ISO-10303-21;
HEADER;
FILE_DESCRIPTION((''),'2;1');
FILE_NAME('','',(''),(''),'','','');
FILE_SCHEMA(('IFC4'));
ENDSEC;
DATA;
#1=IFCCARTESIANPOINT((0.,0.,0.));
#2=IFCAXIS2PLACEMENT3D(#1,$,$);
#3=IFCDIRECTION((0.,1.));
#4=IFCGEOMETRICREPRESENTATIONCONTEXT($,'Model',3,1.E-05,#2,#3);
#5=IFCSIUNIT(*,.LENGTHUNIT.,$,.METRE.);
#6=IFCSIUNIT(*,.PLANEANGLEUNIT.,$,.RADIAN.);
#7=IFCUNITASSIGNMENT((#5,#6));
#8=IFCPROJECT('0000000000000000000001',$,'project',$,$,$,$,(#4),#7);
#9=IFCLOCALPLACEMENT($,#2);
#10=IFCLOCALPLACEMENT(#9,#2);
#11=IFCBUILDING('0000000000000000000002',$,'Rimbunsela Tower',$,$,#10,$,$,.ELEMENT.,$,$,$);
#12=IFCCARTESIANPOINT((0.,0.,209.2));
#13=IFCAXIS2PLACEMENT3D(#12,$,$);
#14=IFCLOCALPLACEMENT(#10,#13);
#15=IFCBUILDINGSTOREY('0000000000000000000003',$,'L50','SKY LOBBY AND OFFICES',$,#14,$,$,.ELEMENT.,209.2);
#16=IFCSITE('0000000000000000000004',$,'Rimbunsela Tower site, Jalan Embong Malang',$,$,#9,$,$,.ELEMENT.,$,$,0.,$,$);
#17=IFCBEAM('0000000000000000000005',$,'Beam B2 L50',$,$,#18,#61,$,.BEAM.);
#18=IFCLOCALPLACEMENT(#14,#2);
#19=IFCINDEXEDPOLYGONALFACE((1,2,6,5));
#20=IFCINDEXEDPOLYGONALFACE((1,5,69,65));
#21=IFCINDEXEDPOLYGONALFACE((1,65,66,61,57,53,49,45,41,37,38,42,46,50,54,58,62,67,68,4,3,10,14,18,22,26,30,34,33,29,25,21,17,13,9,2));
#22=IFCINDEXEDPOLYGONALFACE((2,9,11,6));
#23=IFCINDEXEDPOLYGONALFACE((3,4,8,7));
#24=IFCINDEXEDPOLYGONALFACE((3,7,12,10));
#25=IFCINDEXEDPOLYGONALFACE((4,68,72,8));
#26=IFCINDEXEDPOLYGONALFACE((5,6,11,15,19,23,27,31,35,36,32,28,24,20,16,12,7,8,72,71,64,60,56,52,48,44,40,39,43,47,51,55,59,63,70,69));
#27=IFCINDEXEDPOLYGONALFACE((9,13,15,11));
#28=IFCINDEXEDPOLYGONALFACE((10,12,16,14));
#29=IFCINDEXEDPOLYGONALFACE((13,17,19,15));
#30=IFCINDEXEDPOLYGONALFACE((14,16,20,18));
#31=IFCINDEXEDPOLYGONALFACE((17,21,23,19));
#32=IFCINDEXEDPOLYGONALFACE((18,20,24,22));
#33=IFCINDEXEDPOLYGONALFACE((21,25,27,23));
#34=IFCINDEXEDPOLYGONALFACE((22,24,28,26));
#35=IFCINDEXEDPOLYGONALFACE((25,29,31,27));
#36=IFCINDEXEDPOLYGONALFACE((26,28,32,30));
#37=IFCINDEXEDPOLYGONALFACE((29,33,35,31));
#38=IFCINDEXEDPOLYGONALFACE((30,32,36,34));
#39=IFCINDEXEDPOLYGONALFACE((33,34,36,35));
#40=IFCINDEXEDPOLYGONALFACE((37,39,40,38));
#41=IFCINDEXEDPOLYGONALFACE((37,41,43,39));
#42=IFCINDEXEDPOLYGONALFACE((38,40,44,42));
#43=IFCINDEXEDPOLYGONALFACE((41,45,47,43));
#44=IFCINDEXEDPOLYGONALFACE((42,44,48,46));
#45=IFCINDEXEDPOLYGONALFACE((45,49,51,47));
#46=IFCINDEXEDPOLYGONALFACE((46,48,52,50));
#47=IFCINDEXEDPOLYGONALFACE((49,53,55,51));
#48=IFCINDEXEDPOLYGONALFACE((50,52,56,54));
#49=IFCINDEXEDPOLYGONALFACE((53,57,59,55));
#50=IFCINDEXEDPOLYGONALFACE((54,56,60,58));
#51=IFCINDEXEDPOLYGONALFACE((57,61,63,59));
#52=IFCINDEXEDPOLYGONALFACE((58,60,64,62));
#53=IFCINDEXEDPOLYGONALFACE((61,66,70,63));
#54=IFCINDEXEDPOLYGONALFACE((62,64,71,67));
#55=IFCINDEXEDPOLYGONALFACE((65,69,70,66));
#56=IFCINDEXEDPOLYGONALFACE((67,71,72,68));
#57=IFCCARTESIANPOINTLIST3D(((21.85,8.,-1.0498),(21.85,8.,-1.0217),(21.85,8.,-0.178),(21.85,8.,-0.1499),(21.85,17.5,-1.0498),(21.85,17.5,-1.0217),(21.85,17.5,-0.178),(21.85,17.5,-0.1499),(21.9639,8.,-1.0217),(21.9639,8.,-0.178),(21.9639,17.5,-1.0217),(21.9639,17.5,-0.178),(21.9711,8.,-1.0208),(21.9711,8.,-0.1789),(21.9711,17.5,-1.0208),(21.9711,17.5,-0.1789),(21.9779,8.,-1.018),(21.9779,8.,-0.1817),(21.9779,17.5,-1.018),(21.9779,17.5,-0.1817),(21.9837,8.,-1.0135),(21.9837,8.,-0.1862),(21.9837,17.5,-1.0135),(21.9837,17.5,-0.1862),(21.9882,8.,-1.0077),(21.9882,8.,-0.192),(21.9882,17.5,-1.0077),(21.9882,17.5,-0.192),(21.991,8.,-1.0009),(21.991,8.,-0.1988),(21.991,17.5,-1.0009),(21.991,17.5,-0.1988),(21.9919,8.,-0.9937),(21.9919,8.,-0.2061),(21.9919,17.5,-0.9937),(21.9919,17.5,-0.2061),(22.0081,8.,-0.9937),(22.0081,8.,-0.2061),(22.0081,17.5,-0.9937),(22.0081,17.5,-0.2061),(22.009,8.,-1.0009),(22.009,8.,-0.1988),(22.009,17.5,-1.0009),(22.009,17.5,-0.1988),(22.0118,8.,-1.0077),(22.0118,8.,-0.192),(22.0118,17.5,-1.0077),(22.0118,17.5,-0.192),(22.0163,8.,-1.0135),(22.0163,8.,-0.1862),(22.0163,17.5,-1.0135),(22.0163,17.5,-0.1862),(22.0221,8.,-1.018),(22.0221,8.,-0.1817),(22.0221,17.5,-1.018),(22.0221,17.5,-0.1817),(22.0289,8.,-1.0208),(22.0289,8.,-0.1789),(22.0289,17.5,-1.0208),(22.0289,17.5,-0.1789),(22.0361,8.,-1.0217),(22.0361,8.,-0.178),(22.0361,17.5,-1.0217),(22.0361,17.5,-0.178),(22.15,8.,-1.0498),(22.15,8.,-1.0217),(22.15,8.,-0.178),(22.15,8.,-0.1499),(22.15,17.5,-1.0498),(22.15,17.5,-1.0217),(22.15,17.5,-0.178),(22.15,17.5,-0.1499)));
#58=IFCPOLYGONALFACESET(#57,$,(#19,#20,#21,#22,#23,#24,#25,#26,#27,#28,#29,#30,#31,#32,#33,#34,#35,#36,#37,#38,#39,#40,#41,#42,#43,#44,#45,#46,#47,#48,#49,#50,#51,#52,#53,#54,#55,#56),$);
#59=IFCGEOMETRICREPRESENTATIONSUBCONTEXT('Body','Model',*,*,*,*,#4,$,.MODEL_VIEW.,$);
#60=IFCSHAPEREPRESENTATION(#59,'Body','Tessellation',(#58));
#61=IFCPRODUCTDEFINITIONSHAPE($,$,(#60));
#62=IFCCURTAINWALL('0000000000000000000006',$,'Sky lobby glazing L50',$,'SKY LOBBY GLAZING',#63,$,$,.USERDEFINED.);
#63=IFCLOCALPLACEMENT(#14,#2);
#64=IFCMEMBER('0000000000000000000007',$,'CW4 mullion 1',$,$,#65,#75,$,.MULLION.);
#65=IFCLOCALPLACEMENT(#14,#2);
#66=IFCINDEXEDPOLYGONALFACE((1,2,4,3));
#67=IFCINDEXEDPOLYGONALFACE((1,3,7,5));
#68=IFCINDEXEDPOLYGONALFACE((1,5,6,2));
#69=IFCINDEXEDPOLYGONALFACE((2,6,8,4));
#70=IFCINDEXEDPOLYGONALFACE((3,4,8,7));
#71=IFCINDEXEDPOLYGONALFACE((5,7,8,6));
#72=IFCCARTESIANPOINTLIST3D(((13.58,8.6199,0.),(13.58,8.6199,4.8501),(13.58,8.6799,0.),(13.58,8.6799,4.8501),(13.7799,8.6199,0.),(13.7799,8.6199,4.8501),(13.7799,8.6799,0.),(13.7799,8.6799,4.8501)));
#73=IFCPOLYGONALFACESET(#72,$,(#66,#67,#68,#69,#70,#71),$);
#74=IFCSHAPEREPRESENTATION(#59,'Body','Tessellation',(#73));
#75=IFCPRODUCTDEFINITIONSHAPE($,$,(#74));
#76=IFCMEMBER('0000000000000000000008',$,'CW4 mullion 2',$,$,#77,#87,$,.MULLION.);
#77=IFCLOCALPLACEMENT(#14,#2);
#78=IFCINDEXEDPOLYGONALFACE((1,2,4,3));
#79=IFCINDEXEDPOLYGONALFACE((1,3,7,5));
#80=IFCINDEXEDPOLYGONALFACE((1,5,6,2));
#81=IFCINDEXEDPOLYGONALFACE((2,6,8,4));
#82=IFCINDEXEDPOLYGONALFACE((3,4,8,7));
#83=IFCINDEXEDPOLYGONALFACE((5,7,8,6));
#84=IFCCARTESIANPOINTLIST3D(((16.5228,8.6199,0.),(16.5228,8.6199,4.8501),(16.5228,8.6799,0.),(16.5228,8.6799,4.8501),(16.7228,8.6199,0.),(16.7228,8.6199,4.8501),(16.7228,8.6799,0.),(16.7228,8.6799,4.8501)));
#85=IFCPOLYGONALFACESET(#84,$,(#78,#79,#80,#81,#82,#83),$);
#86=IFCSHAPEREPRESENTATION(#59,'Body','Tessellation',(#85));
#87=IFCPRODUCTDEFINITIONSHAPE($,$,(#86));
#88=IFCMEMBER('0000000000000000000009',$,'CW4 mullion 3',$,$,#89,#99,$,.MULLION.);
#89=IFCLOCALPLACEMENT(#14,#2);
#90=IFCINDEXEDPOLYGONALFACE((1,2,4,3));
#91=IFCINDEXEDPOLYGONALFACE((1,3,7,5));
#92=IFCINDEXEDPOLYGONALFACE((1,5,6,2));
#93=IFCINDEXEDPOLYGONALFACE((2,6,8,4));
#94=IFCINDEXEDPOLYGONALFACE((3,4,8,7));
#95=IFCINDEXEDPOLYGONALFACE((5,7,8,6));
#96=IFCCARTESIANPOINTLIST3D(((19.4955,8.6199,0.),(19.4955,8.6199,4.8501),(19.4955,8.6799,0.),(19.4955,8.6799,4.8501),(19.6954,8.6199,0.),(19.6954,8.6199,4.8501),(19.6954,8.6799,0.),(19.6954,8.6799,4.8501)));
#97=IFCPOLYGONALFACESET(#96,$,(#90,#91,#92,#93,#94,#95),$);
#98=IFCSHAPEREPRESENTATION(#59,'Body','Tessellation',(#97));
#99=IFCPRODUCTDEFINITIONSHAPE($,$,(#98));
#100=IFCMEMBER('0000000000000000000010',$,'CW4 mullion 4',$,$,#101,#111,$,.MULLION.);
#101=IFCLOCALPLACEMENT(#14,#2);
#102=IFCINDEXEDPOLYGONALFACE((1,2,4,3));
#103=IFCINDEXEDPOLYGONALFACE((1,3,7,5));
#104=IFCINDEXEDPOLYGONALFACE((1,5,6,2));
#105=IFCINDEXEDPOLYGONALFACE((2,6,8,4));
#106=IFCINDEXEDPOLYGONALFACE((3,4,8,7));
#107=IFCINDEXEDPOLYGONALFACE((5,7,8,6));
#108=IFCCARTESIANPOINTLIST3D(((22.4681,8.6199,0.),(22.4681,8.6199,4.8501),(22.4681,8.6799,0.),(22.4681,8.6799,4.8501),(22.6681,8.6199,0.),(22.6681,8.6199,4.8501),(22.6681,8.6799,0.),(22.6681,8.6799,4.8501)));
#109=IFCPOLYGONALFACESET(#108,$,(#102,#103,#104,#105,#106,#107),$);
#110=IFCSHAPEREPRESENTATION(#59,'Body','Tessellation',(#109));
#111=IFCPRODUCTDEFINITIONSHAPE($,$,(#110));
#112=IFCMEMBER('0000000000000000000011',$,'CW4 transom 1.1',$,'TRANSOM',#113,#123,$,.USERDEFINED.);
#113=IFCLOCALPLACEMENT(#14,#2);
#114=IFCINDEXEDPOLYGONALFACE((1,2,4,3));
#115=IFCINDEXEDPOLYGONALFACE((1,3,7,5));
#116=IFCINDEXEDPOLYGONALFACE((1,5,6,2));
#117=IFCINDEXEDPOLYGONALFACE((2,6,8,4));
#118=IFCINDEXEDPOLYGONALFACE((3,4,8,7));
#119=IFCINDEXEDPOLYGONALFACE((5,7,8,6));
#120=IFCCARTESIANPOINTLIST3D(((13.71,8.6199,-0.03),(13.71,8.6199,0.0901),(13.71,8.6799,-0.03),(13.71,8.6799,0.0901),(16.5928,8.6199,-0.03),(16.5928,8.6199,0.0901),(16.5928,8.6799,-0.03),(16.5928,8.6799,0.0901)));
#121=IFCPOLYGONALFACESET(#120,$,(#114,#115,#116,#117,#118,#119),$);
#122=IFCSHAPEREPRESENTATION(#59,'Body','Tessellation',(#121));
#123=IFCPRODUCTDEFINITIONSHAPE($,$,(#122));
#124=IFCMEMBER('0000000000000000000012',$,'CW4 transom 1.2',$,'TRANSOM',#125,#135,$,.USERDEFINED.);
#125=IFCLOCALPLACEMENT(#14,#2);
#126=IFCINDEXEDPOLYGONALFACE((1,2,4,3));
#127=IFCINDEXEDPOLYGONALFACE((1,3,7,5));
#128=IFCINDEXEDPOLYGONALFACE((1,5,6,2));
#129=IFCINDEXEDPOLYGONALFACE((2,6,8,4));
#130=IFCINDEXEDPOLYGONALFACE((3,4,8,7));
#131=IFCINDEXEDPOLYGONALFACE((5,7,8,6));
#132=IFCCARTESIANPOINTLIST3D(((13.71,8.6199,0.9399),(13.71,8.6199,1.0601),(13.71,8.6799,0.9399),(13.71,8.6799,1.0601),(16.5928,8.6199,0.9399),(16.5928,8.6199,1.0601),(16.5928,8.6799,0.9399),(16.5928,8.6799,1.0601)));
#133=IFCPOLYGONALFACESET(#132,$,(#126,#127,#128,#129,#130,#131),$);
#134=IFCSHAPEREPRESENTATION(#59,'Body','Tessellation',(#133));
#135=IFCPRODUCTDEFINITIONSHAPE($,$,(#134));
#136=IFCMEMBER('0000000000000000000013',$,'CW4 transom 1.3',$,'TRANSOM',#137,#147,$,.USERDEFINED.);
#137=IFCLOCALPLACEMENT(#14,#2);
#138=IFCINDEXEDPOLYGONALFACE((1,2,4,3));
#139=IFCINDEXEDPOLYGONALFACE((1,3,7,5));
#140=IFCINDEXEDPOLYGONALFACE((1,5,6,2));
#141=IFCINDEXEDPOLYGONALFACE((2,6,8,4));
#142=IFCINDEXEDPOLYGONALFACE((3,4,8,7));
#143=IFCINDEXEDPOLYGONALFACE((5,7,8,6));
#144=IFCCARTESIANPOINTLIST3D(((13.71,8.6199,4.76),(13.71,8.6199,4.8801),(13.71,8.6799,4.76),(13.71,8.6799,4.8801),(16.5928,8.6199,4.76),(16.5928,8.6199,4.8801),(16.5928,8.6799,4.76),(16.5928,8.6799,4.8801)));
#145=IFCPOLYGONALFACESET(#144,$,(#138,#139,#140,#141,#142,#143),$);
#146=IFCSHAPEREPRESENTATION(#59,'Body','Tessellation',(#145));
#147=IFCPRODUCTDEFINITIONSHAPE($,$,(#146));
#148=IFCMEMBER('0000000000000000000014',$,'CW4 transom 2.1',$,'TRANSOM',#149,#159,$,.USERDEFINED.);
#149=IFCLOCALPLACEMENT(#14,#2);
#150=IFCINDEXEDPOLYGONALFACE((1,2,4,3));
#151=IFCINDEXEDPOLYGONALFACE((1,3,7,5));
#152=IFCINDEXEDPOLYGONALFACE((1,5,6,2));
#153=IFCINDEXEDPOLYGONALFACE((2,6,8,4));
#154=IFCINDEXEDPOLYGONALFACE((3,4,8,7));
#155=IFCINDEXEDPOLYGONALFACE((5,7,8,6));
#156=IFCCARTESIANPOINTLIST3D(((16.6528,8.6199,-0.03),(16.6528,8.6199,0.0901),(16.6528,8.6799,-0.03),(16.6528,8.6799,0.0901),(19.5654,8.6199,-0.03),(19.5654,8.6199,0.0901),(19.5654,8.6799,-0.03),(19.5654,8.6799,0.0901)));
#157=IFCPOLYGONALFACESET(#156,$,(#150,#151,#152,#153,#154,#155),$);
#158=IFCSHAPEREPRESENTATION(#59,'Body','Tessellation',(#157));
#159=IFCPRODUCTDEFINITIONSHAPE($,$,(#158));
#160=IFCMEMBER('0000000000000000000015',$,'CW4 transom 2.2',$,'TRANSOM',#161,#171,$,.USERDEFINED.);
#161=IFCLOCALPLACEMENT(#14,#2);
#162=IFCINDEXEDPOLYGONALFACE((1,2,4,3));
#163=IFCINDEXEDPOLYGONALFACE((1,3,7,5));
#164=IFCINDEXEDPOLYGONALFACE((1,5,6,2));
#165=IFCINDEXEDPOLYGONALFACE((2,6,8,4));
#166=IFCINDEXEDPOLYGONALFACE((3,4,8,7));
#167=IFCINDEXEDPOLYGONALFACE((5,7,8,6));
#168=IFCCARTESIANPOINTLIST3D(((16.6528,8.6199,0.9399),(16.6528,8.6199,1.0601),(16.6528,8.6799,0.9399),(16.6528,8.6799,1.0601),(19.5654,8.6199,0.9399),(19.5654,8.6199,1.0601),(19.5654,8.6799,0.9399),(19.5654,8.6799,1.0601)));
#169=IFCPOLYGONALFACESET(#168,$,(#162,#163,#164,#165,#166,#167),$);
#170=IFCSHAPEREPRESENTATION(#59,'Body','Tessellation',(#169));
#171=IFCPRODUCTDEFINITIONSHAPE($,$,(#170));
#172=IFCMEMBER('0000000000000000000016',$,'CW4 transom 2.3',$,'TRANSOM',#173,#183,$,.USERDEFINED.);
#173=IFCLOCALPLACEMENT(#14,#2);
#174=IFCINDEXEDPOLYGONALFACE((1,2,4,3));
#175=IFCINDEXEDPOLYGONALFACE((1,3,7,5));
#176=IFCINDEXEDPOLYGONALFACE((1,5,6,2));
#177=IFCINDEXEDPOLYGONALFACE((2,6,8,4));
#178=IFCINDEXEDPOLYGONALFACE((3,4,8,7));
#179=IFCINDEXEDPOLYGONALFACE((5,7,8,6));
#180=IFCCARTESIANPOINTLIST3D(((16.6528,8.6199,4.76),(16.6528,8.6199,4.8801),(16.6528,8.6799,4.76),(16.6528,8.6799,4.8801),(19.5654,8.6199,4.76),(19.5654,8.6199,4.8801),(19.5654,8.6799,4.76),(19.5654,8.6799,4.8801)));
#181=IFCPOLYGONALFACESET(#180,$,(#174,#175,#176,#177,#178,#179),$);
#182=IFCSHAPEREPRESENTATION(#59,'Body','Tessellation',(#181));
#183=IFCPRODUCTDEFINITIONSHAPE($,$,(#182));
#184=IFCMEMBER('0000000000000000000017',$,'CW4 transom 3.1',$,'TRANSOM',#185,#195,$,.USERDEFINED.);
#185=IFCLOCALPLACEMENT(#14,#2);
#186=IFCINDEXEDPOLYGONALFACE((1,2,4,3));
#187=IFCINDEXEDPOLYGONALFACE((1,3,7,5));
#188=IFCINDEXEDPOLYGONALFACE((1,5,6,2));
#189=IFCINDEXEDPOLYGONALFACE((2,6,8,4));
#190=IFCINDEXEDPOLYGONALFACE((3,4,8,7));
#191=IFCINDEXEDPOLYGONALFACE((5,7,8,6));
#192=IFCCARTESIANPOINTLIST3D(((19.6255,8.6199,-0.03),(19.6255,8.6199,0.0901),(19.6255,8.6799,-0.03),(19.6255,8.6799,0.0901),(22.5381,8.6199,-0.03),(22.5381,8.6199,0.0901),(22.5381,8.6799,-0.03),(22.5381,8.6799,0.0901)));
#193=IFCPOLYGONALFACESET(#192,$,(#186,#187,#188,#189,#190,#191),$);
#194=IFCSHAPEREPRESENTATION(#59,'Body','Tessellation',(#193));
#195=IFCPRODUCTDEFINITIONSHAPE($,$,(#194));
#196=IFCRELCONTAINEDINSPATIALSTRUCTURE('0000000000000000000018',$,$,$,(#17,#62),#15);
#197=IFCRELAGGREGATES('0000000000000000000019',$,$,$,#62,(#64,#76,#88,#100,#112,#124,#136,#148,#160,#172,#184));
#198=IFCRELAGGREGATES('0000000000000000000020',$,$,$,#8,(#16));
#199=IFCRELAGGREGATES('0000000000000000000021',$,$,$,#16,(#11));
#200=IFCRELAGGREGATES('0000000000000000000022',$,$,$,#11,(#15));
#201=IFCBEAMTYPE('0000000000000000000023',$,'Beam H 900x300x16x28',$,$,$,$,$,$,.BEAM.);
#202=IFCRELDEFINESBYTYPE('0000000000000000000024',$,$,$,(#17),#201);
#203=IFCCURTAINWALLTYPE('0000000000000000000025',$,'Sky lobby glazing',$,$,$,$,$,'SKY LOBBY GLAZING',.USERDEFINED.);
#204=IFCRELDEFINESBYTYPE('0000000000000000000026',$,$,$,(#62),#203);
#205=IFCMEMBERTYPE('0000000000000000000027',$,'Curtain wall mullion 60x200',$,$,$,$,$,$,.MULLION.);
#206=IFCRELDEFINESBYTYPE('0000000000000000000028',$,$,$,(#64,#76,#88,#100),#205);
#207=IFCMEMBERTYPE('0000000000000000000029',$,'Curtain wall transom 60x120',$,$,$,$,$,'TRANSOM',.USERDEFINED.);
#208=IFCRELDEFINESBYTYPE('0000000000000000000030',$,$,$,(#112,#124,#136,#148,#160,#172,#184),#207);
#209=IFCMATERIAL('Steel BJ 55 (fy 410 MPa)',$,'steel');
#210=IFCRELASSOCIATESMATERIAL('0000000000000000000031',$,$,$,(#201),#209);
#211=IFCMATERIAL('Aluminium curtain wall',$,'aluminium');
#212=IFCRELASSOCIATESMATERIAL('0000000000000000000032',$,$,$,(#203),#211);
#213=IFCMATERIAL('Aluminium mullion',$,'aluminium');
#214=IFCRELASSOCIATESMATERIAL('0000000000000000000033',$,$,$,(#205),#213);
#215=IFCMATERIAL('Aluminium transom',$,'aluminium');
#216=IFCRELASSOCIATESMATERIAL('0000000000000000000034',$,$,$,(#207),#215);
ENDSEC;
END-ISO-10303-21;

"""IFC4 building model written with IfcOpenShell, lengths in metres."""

from ifc_helpers import new_model, si_unit, direction, frame, origin, origin_2d, place, context, subcontext, project, spatial, rectangle, i_section, extrude, material, material_profile, profile_set, type_object, element, aggregate, save


model = new_model("IFC4")

# Units and contexts
model_context = context("Model", 3, precision=1e-05, world=origin(), true_north=direction((0.0, 1.0)))
body_context = subcontext(model_context, "Body", "Model", "MODEL_VIEW")
ifc_project = project(units=[si_unit("LENGTHUNIT", "METRE"), si_unit("PLANEANGLEUNIT", "RADIAN")], contexts=[model_context])

# Site, building, storey
site_placement = place(None, origin())
site = spatial("IfcSite", under=ifc_project, at=site_placement, Name="Rimbunsela Tower site, Jalan Embong Malang", CompositionType="ELEMENT", RefElevation=0.0)
building_placement = place(site_placement, origin())
building = spatial("IfcBuilding", under=site, at=building_placement, Name="Rimbunsela Tower", CompositionType="ELEMENT")
storey_placement = place(building_placement, frame((0.0, 0.0, 209.2)))
storey = spatial("IfcBuildingStorey", under=building, at=storey_placement, Name="L50", Description="SKY LOBBY AND OFFICES", CompositionType="ELEMENT", Elevation=209.2)

# Beam
ifc_material_1 = material(Name="Steel BJ 55 (fy 410 MPa)", Category="steel")
ifc_material_profile_1 = material_profile(ifc_material_1, i_section(OverallWidth=0.3, OverallDepth=0.8999, WebThickness=0.0161, FlangeThickness=0.0281, FilletRadius=0.0281, at=origin_2d()), Name="H 900x300x16x28")
ifc_profile_set_1 = profile_set([ifc_material_profile_1], Name="Steel BJ 55 (fy 410 MPa)")
beam_type = type_object("IfcBeamType", Name="Beam H 900x300x16x28", PredefinedType="BEAM", material=ifc_profile_set_1)
for number, where, z_axis, x_axis, name in (
    (1, (22.0, 8.0, -0.5999), (0.0, 1.0, 0.0), (-1.0, 0.0, 0.0), "Beam B2 L50"),
):
    element("IfcBeam", number, at=place(storey_placement, frame(where, z_axis=z_axis, x_axis=x_axis)), inside=storey, type_object=beam_type, Name=name, PredefinedType="BEAM", context=body_context, shape_type="SweptSolid", body=[
        extrude(i_section(OverallWidth=0.3, OverallDepth=0.8999, WebThickness=0.0161, FlangeThickness=0.0281, FilletRadius=0.0281, at=origin_2d()), origin(), (0.0, 0.0, 1.0), 9.5),
    ])

# Curtain wall, members
ifc_material_2 = material(Name="Aluminium curtain wall", Category="aluminium")
curtain_wall_type = type_object("IfcCurtainWallType", Name="Sky lobby glazing", ElementType="SKY LOBBY GLAZING", PredefinedType="USERDEFINED", material=ifc_material_2)
curtain_wall_placement = place(storey_placement, origin())
curtain_wall = element("IfcCurtainWall", 2, at=curtain_wall_placement, inside=storey, type_object=curtain_wall_type, Name="Sky lobby glazing L50", ObjectType="SKY LOBBY GLAZING", PredefinedType="USERDEFINED")
ifc_material_3 = material(Name="Aluminium mullion", Category="aluminium")
ifc_material_profile_2 = material_profile(ifc_material_3, rectangle(XDim=0.0601, YDim=0.2, at=origin_2d()), Name="Mullion 60x200")
ifc_profile_set_2 = profile_set([ifc_material_profile_2], Name="Aluminium mullion")
member_type_1 = type_object("IfcMemberType", Name="Curtain wall mullion 60x200", PredefinedType="MULLION", material=ifc_profile_set_2)
member_1_placement = place(storey_placement, frame((13.6799, 8.6499, 0.0), z_axis=(0.0, 0.0, 1.0), x_axis=(0.0, 1.0, 0.0)))
member_1 = element("IfcMember", 3, at=member_1_placement, type_object=member_type_1, Name="CW4 mullion 1", PredefinedType="MULLION", context=body_context, shape_type="SweptSolid", body=[
    extrude(rectangle(XDim=0.0601, YDim=0.2, at=origin_2d()), origin(), (0.0, 0.0, 1.0), 4.8501),
])
member_2_placement = place(storey_placement, frame((16.6228, 8.6499, 0.0), z_axis=(0.0, 0.0, 1.0), x_axis=(0.0, 1.0, 0.0)))
member_2 = element("IfcMember", 4, at=member_2_placement, type_object=member_type_1, Name="CW4 mullion 2", PredefinedType="MULLION", context=body_context, shape_type="SweptSolid", body=[
    extrude(rectangle(XDim=0.0601, YDim=0.2, at=origin_2d()), origin(), (0.0, 0.0, 1.0), 4.8501),
])
member_3_placement = place(storey_placement, frame((19.5955, 8.6499, 0.0), z_axis=(0.0, 0.0, 1.0), x_axis=(0.0, 1.0, 0.0)))
member_3 = element("IfcMember", 5, at=member_3_placement, type_object=member_type_1, Name="CW4 mullion 3", PredefinedType="MULLION", context=body_context, shape_type="SweptSolid", body=[
    extrude(rectangle(XDim=0.0601, YDim=0.2, at=origin_2d()), origin(), (0.0, 0.0, 1.0), 4.8501),
])
member_4_placement = place(storey_placement, frame((22.5681, 8.6499, 0.0), z_axis=(0.0, 0.0, 1.0), x_axis=(0.0, 1.0, 0.0)))
member_4 = element("IfcMember", 6, at=member_4_placement, type_object=member_type_1, Name="CW4 mullion 4", PredefinedType="MULLION", context=body_context, shape_type="SweptSolid", body=[
    extrude(rectangle(XDim=0.0601, YDim=0.2, at=origin_2d()), origin(), (0.0, 0.0, 1.0), 4.8501),
])
ifc_material_4 = material(Name="Aluminium transom", Category="aluminium")
ifc_material_profile_3 = material_profile(ifc_material_4, rectangle(XDim=0.0601, YDim=0.1201, at=origin_2d()), Name="Transom 60x120")
ifc_profile_set_3 = profile_set([ifc_material_profile_3], Name="Aluminium transom")
member_type_2 = type_object("IfcMemberType", Name="Curtain wall transom 60x120", ElementType="TRANSOM", PredefinedType="USERDEFINED", material=ifc_profile_set_3)
member_5_placement = place(storey_placement, frame((13.71, 8.6499, 0.03), z_axis=(1.0, 0.0, 0.0), x_axis=(0.0, 1.0, 0.0)))
member_5 = element("IfcMember", 7, at=member_5_placement, type_object=member_type_2, Name="CW4 transom 1.1", ObjectType="TRANSOM", PredefinedType="USERDEFINED", context=body_context, shape_type="SweptSolid", body=[
    extrude(rectangle(XDim=0.0601, YDim=0.1201, at=origin_2d()), origin(), (0.0, 0.0, 1.0), 2.8828),
])
member_6_placement = place(storey_placement, frame((13.71, 8.6499, 1.0), z_axis=(1.0, 0.0, 0.0), x_axis=(0.0, 1.0, 0.0)))
member_6 = element("IfcMember", 8, at=member_6_placement, type_object=member_type_2, Name="CW4 transom 1.2", ObjectType="TRANSOM", PredefinedType="USERDEFINED", context=body_context, shape_type="SweptSolid", body=[
    extrude(rectangle(XDim=0.0601, YDim=0.1201, at=origin_2d()), origin(), (0.0, 0.0, 1.0), 2.8828),
])
member_7_placement = place(storey_placement, frame((13.71, 8.6499, 4.8201), z_axis=(1.0, 0.0, 0.0), x_axis=(0.0, 1.0, 0.0)))
member_7 = element("IfcMember", 9, at=member_7_placement, type_object=member_type_2, Name="CW4 transom 1.3", ObjectType="TRANSOM", PredefinedType="USERDEFINED", context=body_context, shape_type="SweptSolid", body=[
    extrude(rectangle(XDim=0.0601, YDim=0.1201, at=origin_2d()), origin(), (0.0, 0.0, 1.0), 2.8828),
])
member_8_placement = place(storey_placement, frame((16.6528, 8.6499, 0.03), z_axis=(1.0, 0.0, 0.0), x_axis=(0.0, 1.0, 0.0)))
member_8 = element("IfcMember", 10, at=member_8_placement, type_object=member_type_2, Name="CW4 transom 2.1", ObjectType="TRANSOM", PredefinedType="USERDEFINED", context=body_context, shape_type="SweptSolid", body=[
    extrude(rectangle(XDim=0.0601, YDim=0.1201, at=origin_2d()), origin(), (0.0, 0.0, 1.0), 2.9126),
])
member_9_placement = place(storey_placement, frame((16.6528, 8.6499, 1.0), z_axis=(1.0, 0.0, 0.0), x_axis=(0.0, 1.0, 0.0)))
member_9 = element("IfcMember", 11, at=member_9_placement, type_object=member_type_2, Name="CW4 transom 2.2", ObjectType="TRANSOM", PredefinedType="USERDEFINED", context=body_context, shape_type="SweptSolid", body=[
    extrude(rectangle(XDim=0.0601, YDim=0.1201, at=origin_2d()), origin(), (0.0, 0.0, 1.0), 2.9126),
])
member_10_placement = place(storey_placement, frame((16.6528, 8.6499, 4.8201), z_axis=(1.0, 0.0, 0.0), x_axis=(0.0, 1.0, 0.0)))
member_10 = element("IfcMember", 12, at=member_10_placement, type_object=member_type_2, Name="CW4 transom 2.3", ObjectType="TRANSOM", PredefinedType="USERDEFINED", context=body_context, shape_type="SweptSolid", body=[
    extrude(rectangle(XDim=0.0601, YDim=0.1201, at=origin_2d()), origin(), (0.0, 0.0, 1.0), 2.9126),
])
member_11_placement = place(storey_placement, frame((19.6255, 8.6499, 0.03), z_axis=(1.0, 0.0, 0.0), x_axis=(0.0, 1.0, 0.0)))
member_11 = element("IfcMember", 13, at=member_11_placement, type_object=member_type_2, Name="CW4 transom 3.1", ObjectType="TRANSOM", PredefinedType="USERDEFINED", context=body_context, shape_type="SweptSolid", body=[
    extrude(rectangle(XDim=0.0601, YDim=0.1201, at=origin_2d()), origin(), (0.0, 0.0, 1.0), 2.9126),
])
aggregate(curtain_wall, [member_1, member_2, member_3, member_4, member_5, member_6, member_7, member_8, member_9, member_10, member_11])

save(model, "model.ifc")
